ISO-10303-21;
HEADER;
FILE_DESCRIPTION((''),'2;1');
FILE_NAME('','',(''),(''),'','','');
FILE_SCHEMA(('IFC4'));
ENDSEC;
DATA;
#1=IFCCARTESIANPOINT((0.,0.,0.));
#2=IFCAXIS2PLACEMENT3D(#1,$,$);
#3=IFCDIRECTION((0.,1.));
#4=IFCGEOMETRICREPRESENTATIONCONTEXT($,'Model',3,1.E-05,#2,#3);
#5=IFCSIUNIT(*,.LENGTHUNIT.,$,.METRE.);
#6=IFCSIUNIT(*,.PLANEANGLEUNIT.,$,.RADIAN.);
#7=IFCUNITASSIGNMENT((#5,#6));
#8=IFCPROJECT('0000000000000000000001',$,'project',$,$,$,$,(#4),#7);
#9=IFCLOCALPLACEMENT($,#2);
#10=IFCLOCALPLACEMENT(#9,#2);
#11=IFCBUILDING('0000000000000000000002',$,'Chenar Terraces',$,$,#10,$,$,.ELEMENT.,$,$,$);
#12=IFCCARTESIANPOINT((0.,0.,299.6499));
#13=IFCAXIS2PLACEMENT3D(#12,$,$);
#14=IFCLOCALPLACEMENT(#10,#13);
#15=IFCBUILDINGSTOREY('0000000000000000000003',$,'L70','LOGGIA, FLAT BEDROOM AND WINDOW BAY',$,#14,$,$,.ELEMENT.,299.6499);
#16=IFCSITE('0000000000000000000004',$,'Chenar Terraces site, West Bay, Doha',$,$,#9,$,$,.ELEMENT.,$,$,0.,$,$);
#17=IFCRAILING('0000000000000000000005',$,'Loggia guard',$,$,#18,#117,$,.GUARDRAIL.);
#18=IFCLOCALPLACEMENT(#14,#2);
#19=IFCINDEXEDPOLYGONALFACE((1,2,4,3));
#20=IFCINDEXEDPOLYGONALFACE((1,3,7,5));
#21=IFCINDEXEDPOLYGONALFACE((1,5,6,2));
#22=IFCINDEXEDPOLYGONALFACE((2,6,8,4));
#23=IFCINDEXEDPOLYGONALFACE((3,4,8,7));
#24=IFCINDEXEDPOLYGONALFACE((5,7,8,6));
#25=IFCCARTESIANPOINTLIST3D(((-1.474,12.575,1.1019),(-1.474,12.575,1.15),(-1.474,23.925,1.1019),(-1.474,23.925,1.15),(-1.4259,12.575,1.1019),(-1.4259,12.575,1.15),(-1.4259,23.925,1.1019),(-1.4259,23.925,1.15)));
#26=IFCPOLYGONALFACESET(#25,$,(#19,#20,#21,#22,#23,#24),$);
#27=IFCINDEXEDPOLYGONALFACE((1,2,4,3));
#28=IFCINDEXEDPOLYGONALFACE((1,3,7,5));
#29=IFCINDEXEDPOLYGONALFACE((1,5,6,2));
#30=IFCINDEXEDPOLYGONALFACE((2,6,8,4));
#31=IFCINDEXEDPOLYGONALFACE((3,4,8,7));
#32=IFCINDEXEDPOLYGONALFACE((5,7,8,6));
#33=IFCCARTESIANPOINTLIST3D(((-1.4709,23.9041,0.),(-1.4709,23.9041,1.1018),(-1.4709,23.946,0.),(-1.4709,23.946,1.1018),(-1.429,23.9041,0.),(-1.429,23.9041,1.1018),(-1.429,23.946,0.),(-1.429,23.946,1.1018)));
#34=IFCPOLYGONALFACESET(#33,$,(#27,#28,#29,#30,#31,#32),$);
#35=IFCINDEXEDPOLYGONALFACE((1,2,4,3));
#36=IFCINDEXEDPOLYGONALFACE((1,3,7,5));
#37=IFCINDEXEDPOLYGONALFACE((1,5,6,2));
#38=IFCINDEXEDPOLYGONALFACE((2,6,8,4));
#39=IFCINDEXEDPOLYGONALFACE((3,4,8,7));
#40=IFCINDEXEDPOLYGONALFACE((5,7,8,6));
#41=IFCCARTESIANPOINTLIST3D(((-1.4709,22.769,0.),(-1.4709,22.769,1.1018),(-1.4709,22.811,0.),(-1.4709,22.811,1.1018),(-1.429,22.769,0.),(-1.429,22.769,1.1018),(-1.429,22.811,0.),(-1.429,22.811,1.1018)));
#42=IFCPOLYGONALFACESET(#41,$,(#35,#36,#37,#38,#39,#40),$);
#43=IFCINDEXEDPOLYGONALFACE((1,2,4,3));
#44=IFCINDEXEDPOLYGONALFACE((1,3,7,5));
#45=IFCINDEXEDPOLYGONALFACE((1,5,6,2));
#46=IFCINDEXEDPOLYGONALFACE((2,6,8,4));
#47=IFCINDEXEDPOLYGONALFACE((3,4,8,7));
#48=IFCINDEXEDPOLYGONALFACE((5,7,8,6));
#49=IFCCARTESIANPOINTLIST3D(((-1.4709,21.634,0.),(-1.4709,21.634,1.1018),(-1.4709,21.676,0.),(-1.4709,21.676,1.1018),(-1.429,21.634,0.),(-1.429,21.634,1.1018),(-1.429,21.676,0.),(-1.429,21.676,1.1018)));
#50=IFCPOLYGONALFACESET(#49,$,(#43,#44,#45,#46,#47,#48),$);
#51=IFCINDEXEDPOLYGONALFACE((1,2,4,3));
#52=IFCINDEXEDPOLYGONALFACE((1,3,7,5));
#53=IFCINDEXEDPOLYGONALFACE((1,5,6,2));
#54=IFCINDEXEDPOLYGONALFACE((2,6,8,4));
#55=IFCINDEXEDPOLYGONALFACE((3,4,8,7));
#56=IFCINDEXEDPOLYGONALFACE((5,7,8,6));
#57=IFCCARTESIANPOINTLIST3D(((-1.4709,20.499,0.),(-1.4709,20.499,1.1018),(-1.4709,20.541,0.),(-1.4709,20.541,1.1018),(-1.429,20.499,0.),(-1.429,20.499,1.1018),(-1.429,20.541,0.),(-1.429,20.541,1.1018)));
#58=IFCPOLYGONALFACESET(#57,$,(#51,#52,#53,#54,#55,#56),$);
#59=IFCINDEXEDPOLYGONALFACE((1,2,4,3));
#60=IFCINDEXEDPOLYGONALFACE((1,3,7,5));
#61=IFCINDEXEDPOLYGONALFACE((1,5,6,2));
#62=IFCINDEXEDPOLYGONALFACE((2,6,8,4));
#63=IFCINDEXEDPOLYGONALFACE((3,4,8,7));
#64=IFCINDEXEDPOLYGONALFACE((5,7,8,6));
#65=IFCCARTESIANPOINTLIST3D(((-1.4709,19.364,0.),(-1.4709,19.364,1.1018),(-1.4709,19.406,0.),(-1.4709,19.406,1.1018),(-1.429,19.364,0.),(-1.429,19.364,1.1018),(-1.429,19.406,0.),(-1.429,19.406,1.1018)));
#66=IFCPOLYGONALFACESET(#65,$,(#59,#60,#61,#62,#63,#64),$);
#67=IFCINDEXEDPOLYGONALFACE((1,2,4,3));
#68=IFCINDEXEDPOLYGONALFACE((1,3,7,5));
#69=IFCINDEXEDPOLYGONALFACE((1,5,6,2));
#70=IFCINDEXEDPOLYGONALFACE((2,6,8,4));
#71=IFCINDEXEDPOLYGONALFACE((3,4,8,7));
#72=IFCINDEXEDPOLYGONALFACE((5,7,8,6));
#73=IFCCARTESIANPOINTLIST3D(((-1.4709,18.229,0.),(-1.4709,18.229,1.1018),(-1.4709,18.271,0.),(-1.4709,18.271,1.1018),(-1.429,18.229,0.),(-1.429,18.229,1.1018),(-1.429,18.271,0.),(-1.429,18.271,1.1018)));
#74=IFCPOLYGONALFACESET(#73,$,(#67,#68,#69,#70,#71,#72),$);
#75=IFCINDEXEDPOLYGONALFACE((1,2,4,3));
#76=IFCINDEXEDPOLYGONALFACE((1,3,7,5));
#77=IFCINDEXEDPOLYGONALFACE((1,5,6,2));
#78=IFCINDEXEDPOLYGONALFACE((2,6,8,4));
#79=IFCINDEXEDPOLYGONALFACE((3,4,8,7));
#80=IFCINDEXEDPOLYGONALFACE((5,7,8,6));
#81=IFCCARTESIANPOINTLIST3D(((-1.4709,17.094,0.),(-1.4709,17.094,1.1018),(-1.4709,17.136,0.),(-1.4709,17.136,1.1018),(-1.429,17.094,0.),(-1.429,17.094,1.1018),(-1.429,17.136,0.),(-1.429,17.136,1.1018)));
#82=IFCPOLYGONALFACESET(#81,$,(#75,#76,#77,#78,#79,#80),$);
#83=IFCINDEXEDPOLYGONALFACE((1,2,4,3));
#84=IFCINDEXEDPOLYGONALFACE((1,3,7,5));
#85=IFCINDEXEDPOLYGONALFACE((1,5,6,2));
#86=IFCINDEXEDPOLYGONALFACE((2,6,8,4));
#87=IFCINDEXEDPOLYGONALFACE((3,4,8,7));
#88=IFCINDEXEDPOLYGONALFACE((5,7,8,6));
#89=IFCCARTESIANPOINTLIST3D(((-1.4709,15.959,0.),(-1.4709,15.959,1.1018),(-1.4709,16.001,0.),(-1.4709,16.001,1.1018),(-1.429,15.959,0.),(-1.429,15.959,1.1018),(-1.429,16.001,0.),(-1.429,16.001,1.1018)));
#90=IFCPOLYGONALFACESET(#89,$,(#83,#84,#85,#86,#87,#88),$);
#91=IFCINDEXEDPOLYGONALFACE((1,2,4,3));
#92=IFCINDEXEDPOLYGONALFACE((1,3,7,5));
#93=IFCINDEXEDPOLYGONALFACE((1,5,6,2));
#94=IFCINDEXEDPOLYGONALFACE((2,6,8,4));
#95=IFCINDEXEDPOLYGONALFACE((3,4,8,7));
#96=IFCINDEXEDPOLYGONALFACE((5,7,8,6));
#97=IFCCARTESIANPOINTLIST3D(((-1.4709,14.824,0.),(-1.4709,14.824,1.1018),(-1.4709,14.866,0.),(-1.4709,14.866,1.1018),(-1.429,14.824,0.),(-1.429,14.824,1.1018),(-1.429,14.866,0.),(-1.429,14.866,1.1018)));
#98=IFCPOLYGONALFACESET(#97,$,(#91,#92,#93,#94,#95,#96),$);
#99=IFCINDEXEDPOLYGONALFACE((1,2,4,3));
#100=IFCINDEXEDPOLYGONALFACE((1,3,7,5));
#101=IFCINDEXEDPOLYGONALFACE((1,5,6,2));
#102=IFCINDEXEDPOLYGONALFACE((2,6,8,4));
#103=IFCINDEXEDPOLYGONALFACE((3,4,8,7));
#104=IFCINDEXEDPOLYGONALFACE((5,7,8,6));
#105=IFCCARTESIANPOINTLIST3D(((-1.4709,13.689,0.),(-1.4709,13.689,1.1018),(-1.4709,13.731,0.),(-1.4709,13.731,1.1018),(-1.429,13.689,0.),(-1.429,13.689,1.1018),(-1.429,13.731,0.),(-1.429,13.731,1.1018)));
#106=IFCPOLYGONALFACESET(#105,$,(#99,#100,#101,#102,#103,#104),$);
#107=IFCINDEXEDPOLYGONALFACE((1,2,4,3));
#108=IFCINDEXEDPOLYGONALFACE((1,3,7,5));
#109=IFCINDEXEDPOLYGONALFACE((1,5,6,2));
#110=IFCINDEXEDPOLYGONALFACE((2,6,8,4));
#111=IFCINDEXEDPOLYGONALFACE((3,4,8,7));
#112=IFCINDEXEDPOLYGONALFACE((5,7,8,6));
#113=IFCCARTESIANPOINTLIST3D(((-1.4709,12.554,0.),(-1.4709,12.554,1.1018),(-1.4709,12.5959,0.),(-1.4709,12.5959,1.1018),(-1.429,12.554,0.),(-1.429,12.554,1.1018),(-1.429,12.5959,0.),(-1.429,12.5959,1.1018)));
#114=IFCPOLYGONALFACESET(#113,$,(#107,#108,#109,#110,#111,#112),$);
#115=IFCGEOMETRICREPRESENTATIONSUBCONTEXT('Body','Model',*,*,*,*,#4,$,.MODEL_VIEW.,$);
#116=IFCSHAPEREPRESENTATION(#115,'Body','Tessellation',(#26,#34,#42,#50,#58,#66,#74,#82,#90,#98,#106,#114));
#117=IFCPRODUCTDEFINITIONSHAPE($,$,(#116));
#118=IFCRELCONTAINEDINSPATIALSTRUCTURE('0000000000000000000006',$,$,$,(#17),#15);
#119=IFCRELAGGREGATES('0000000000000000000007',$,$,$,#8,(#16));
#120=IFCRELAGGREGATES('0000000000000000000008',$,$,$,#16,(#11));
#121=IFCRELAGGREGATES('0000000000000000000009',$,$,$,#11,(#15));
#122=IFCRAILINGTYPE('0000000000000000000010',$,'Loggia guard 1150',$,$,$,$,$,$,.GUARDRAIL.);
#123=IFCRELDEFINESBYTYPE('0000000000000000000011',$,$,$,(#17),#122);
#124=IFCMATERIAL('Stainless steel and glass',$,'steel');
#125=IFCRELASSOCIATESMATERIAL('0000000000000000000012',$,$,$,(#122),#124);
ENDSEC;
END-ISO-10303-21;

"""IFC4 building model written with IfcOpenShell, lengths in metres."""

from ifc_helpers import new_model, si_unit, direction, frame, origin, origin_2d, place, context, subcontext, project, spatial, rectangle, extrude, material, type_object, element, save


model = new_model("IFC4")

# Units and contexts
model_context = context("Model", 3, precision=1e-05, world=origin(), true_north=direction((0.0, 1.0)))
body_context = subcontext(model_context, "Body", "Model", "MODEL_VIEW")
ifc_project = project(units=[si_unit("LENGTHUNIT", "METRE"), si_unit("PLANEANGLEUNIT", "RADIAN")], contexts=[model_context])

# Site, building, storey
site_placement = place(None, origin())
site = spatial("IfcSite", under=ifc_project, at=site_placement, Name="Chenar Terraces site, West Bay, Doha", CompositionType="ELEMENT", RefElevation=0.0)
building_placement = place(site_placement, origin())
building = spatial("IfcBuilding", under=site, at=building_placement, Name="Chenar Terraces", CompositionType="ELEMENT")
storey_placement = place(building_placement, frame((0.0, 0.0, 299.6499)))
storey = spatial("IfcBuildingStorey", under=building, at=storey_placement, Name="L70", Description="LOGGIA, FLAT BEDROOM AND WINDOW BAY", CompositionType="ELEMENT", Elevation=299.6499)

# Railing
ifc_material_1 = material(Name="Stainless steel and glass", Category="steel")
railing_type_1 = type_object("IfcRailingType", Name="Loggia guard 1150", PredefinedType="GUARDRAIL", material=ifc_material_1)
railing_1_placement = place(storey_placement, frame((-1.45, 23.925, 0.0)))
element("IfcRailing", 1, at=railing_1_placement, inside=storey, type_object=railing_type_1, Name="Loggia guard", PredefinedType="GUARDRAIL", context=body_context, shape_type="SweptSolid", body=[
    extrude(rectangle(XDim=0.0481, YDim=0.0481, at=origin_2d()), frame((0.0, 0.0, 1.126), z_axis=(0.0, -1.0, 0.0), x_axis=(1.0, 0.0, 0.0)), (0.0, 0.0, 1.0), 11.3501),
    extrude(rectangle(XDim=0.042, YDim=0.042, at=origin_2d()), origin(), (0.0, 0.0, 1.0), 1.1018),
    extrude(rectangle(XDim=0.042, YDim=0.042, at=origin_2d()), frame((0.0, -1.135, 0.0)), (0.0, 0.0, 1.0), 1.1018),
    extrude(rectangle(XDim=0.042, YDim=0.042, at=origin_2d()), frame((0.0, -2.27, 0.0)), (0.0, 0.0, 1.0), 1.1018),
    extrude(rectangle(XDim=0.042, YDim=0.042, at=origin_2d()), frame((0.0, -3.405, 0.0)), (0.0, 0.0, 1.0), 1.1018),
    extrude(rectangle(XDim=0.042, YDim=0.042, at=origin_2d()), frame((0.0, -4.54, 0.0)), (0.0, 0.0, 1.0), 1.1018),
    extrude(rectangle(XDim=0.042, YDim=0.042, at=origin_2d()), frame((0.0, -5.675, 0.0)), (0.0, 0.0, 1.0), 1.1018),
    extrude(rectangle(XDim=0.042, YDim=0.042, at=origin_2d()), frame((0.0, -6.8101, 0.0)), (0.0, 0.0, 1.0), 1.1018),
    extrude(rectangle(XDim=0.042, YDim=0.042, at=origin_2d()), frame((0.0, -7.9451, 0.0)), (0.0, 0.0, 1.0), 1.1018),
    extrude(rectangle(XDim=0.042, YDim=0.042, at=origin_2d()), frame((0.0, -9.0801, 0.0)), (0.0, 0.0, 1.0), 1.1018),
    extrude(rectangle(XDim=0.042, YDim=0.042, at=origin_2d()), frame((0.0, -10.2151, 0.0)), (0.0, 0.0, 1.0), 1.1018),
    extrude(rectangle(XDim=0.042, YDim=0.042, at=origin_2d()), frame((0.0, -11.3501, 0.0)), (0.0, 0.0, 1.0), 1.1018),
])

save(model, "model.ifc")
